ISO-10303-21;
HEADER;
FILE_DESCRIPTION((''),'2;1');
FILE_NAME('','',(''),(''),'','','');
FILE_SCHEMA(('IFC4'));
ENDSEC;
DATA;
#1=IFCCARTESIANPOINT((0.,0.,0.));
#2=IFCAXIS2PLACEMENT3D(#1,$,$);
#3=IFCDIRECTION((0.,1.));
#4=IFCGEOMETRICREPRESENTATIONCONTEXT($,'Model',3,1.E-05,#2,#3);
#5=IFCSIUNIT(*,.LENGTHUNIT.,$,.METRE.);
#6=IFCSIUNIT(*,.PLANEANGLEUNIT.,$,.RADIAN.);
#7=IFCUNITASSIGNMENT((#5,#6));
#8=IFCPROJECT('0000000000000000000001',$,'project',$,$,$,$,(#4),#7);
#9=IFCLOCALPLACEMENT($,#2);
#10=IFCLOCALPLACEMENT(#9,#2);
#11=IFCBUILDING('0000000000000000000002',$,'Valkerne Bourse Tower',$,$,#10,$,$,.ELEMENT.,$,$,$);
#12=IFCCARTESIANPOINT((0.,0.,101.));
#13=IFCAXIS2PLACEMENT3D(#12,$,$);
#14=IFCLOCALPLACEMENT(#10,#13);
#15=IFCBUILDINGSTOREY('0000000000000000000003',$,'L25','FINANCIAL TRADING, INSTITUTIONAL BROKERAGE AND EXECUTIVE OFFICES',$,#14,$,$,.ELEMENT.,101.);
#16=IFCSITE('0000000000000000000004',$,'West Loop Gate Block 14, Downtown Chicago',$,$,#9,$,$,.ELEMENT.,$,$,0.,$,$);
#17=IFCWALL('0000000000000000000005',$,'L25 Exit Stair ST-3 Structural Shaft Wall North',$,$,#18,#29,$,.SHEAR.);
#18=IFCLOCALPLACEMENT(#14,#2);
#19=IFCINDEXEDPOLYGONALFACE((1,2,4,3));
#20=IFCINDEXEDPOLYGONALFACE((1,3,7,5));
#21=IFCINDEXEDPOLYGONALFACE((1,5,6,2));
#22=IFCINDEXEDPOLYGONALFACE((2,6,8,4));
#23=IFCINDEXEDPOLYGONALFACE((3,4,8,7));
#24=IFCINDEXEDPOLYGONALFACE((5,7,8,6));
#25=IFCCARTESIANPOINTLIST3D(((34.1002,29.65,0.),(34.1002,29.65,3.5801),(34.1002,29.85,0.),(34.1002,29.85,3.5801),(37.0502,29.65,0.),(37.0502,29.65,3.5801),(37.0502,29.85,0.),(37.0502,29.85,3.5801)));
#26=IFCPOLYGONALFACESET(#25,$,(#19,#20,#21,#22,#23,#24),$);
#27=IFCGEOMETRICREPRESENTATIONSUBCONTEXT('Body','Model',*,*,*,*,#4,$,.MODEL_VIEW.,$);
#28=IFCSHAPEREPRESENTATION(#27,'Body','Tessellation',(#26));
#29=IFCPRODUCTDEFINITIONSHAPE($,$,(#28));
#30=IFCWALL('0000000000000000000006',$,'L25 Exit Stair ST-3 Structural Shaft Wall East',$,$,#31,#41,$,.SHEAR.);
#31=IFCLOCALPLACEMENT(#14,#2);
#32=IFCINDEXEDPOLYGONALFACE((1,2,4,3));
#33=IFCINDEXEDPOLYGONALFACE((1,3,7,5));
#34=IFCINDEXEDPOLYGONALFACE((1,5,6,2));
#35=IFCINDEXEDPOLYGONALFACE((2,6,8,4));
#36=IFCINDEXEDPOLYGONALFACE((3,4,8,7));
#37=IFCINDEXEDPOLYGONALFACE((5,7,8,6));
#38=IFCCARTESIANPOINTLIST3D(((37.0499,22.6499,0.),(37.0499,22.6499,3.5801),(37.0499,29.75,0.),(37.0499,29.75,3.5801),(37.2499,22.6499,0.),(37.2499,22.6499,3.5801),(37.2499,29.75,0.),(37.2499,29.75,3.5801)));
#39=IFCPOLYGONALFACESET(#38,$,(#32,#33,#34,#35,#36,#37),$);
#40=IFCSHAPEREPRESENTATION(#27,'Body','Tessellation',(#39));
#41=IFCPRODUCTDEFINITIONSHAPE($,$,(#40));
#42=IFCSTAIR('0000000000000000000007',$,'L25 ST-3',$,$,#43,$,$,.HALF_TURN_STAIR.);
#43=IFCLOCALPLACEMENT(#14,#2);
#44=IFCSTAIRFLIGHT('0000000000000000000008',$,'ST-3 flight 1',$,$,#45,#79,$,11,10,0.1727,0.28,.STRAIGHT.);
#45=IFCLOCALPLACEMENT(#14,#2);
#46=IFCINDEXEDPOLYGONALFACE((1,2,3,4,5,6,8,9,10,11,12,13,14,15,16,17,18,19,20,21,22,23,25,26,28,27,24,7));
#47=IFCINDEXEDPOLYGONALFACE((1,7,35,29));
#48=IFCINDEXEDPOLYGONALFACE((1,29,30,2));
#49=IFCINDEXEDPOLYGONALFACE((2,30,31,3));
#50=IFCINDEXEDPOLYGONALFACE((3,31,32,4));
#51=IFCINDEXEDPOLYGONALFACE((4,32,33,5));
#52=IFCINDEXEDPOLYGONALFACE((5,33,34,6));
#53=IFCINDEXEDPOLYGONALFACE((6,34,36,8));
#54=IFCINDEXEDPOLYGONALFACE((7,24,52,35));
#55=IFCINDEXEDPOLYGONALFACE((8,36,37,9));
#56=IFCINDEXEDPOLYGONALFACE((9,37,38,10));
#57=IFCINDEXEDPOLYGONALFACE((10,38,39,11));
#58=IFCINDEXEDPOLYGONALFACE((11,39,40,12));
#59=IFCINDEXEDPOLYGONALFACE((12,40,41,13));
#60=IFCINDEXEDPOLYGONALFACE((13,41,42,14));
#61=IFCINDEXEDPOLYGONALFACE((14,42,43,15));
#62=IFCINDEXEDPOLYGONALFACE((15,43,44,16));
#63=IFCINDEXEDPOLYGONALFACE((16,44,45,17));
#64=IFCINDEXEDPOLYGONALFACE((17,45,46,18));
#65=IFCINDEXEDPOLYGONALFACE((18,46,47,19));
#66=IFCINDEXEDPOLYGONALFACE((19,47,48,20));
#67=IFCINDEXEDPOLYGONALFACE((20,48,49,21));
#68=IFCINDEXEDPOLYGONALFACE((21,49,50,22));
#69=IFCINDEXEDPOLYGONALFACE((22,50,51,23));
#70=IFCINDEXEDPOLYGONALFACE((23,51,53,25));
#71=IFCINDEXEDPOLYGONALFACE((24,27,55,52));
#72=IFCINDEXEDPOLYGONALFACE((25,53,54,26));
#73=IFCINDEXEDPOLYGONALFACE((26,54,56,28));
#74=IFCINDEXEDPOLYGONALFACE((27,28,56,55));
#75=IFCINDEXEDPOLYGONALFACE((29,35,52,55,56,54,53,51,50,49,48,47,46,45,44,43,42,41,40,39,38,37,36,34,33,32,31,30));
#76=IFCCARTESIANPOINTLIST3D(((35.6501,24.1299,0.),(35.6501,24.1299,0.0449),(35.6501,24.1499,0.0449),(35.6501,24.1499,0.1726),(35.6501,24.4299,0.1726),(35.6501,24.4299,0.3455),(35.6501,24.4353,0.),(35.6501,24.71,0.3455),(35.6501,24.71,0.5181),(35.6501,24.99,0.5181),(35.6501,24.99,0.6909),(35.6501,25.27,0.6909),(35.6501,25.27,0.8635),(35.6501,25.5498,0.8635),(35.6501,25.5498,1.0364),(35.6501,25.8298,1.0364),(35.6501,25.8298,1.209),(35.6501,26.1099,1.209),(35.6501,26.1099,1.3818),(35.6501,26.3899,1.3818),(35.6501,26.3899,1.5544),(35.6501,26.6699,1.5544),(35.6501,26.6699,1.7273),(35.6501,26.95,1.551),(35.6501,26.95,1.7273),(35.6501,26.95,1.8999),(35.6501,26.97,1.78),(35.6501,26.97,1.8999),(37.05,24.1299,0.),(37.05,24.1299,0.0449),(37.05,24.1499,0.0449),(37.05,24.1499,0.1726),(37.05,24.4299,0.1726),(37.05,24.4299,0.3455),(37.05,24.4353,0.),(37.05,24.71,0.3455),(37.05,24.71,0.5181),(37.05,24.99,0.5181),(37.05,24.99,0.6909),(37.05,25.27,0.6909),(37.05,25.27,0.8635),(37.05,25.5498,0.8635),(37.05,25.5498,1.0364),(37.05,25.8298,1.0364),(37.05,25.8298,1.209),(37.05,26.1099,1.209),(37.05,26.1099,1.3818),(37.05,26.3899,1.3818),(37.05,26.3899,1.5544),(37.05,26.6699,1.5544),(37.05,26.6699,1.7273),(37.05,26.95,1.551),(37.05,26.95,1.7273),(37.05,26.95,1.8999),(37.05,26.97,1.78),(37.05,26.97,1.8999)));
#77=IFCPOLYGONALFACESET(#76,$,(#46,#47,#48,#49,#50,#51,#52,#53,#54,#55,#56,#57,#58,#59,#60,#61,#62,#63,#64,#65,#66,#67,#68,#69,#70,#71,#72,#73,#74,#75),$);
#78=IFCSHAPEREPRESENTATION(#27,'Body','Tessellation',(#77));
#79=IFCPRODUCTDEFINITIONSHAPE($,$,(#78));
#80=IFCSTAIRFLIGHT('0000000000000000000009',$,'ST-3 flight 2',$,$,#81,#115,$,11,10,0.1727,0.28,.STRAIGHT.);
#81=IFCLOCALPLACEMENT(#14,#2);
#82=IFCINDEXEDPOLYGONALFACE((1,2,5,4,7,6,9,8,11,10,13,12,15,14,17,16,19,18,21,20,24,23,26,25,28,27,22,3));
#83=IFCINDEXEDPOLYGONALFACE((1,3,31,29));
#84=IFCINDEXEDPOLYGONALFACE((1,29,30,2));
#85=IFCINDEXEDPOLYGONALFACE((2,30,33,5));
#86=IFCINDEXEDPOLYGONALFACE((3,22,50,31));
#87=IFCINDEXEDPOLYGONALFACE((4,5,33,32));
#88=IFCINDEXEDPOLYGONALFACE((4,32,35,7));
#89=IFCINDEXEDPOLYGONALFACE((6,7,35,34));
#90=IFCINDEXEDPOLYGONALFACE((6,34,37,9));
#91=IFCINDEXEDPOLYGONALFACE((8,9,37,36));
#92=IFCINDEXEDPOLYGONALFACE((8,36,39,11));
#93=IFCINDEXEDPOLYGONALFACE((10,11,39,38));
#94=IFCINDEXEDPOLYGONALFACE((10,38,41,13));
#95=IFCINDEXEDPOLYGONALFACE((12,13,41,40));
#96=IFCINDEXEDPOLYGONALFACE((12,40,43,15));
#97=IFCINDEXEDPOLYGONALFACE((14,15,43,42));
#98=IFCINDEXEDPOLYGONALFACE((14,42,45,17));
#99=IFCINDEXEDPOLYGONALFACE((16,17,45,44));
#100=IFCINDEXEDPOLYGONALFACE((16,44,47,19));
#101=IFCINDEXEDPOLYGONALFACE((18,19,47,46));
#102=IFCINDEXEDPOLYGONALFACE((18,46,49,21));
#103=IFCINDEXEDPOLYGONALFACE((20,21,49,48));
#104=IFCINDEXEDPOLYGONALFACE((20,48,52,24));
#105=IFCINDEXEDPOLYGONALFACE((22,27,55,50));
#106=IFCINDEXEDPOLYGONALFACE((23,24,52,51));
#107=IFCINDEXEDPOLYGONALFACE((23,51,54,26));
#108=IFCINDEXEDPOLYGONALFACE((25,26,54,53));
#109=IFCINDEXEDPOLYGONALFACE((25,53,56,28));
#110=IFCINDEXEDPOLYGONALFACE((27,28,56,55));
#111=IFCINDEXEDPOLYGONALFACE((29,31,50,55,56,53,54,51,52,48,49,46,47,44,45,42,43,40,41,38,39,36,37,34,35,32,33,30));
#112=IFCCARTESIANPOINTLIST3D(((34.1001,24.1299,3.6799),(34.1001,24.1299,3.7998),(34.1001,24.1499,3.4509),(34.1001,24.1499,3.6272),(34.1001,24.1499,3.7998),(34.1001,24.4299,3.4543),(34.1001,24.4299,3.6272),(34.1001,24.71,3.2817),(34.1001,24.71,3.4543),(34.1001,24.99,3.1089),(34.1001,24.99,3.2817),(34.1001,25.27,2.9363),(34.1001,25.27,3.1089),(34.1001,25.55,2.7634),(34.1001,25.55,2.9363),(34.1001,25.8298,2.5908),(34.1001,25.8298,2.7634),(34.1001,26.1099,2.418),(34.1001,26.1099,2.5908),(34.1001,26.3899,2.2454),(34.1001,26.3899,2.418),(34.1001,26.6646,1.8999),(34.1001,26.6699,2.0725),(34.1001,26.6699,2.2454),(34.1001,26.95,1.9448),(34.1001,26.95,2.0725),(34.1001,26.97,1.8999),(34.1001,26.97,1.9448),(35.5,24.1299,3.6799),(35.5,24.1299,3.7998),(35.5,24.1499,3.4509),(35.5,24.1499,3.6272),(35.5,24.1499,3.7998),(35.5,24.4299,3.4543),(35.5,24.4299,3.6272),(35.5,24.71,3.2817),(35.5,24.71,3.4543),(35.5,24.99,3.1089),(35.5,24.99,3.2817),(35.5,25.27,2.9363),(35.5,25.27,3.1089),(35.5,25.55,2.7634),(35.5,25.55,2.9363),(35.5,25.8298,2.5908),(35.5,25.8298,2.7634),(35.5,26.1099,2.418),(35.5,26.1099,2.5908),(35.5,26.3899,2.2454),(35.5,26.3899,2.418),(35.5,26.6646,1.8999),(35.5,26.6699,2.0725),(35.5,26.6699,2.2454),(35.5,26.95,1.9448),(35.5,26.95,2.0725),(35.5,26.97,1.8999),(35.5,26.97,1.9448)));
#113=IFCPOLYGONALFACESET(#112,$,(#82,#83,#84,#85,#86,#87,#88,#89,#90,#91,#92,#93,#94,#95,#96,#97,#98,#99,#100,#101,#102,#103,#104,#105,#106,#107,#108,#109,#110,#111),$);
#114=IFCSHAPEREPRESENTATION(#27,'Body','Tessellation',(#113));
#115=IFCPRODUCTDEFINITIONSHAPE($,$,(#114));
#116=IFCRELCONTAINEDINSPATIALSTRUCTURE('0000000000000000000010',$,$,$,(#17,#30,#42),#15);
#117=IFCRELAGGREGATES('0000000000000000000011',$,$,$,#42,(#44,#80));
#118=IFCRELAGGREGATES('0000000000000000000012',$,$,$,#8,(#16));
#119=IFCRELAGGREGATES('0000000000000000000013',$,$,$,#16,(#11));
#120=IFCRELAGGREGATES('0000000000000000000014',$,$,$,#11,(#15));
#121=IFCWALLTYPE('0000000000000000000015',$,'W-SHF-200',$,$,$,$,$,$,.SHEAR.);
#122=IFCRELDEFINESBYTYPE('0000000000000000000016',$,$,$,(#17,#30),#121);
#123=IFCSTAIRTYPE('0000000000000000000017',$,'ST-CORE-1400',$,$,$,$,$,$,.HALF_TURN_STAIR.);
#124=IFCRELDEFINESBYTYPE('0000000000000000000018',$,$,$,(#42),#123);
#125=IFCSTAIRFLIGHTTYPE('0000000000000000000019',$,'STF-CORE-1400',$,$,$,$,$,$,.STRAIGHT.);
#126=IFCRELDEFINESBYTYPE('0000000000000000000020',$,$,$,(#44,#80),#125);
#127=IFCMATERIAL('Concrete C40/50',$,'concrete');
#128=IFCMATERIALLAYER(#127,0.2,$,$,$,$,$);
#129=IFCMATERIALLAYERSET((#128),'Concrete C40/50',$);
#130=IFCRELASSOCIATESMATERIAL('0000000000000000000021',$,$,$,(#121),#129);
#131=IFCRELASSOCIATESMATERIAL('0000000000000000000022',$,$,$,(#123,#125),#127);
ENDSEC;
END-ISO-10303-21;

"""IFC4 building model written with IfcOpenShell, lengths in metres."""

from ifc_helpers import new_model, si_unit, direction, frame, frame_2d, origin, place, context, subcontext, project, spatial, polyline, rectangle, outline, extrude, material, layer, layer_set, type_object, element, aggregate, save


model = new_model("IFC4")

# Units and contexts
model_context = context("Model", 3, precision=1e-05, world=origin(), true_north=direction((0.0, 1.0)))
body_context = subcontext(model_context, "Body", "Model", "MODEL_VIEW")
ifc_project = project(units=[si_unit("LENGTHUNIT", "METRE"), si_unit("PLANEANGLEUNIT", "RADIAN")], contexts=[model_context])

# Site, building, storey
site_placement = place(None, origin())
site = spatial("IfcSite", under=ifc_project, at=site_placement, Name="West Loop Gate Block 14, Downtown Chicago", CompositionType="ELEMENT", RefElevation=0.0)
building_placement = place(site_placement, origin())
building = spatial("IfcBuilding", under=site, at=building_placement, Name="Valkerne Bourse Tower", CompositionType="ELEMENT")
storey_placement = place(building_placement, frame((0.0, 0.0, 101.0)))
storey = spatial("IfcBuildingStorey", under=building, at=storey_placement, Name="L25", Description="FINANCIAL TRADING, INSTITUTIONAL BROKERAGE AND EXECUTIVE OFFICES", CompositionType="ELEMENT", Elevation=101.0)

# Shared definitions
ifc_material_1 = material(Name="Concrete C40/50", Category="concrete")
ifc_layer_1 = layer(ifc_material_1, 0.2)
ifc_layer_set_1 = layer_set([ifc_layer_1], Name="Concrete C40/50")
wall_type_1 = type_object("IfcWallType", Name="W-SHF-200", PredefinedType="SHEAR", material=ifc_layer_set_1)

# Walls
for number, where, z_axis, x_axis, name in (
    (1, (34.1001, 29.75, 0.0), (0.0, 0.0, 1.0), (1.0, 0.0, 0.0), "L25 Exit Stair ST-3 Structural Shaft Wall North"),
):
    element("IfcWall", number, at=place(storey_placement, frame(where, z_axis=z_axis, x_axis=x_axis)), inside=storey, type_object=wall_type_1, Name=name, PredefinedType="SHEAR", context=body_context, shape_type="SweptSolid", body=[
        extrude(rectangle(XDim=2.95, YDim=0.2, at=frame_2d((1.4751, 0.0))), origin(), (0.0, 0.0, 1.0), 3.5801),
    ])
wall_1_placement = place(storey_placement, frame((37.1499, 22.6499, 0.0), z_axis=(0.0, 0.0, 1.0), x_axis=(0.0, 1.0, 0.0)))
element("IfcWall", 2, at=wall_1_placement, inside=storey, type_object=wall_type_1, Name="L25 Exit Stair ST-3 Structural Shaft Wall East", PredefinedType="SHEAR", context=body_context, shape_type="SweptSolid", body=[
    extrude(rectangle(XDim=7.1001, YDim=0.2, at=frame_2d((3.55, 0.0))), origin(), (0.0, 0.0, 1.0), 3.5801),
])

# Stair, stair flights
stair_type = type_object("IfcStairType", Name="ST-CORE-1400", PredefinedType="HALF_TURN_STAIR", material=ifc_material_1)
stair_placement = place(storey_placement, origin())
stair = element("IfcStair", 3, at=stair_placement, inside=storey, type_object=stair_type, Name="L25 ST-3", PredefinedType="HALF_TURN_STAIR")
stair_flight_type = type_object("IfcStairFlightType", Name="STF-CORE-1400", PredefinedType="STRAIGHT", material=ifc_material_1)
stair_flight_1_placement = place(storey_placement, frame((36.3501, 24.1499, 0.0), z_axis=(0.0, 0.0, 1.0), x_axis=(0.0, 1.0, 0.0)))
stair_flight_1 = element("IfcStairFlight", 4, at=stair_flight_1_placement, type_object=stair_flight_type, Name="ST-3 flight 1", NumberOfRisers=11, NumberOfTreads=10, PredefinedType="STRAIGHT", RiserHeight=0.1727, TreadLength=0.28, context=body_context, shape_type="SweptSolid", body=[
    extrude(outline(polyline([(-0.02, 0.0), (-0.02, 0.0449), (0.0, 0.0449), (0.0, 0.1726), (0.28, 0.1726), (0.28, 0.3455), (0.5601, 0.3455), (0.5601, 0.5181), (0.8401, 0.5181), (0.8401, 0.6909), (1.1201, 0.6909), (1.1201, 0.8635), (1.3999, 0.8635), (1.3999, 1.0364), (1.6799, 1.0364), (1.6799, 1.209), (1.96, 1.209), (1.96, 1.3818), (2.24, 1.3818), (2.24, 1.5544), (2.52, 1.5544), (2.52, 1.7273), (2.8, 1.7273), (2.8, 1.8999), (2.8201, 1.8999), (2.8201, 1.78), (2.8, 1.551), (0.2854, 0.0), (-0.02, 0.0)])), frame((0.0, 0.7, 0.0), z_axis=(0.0, -1.0, 0.0), x_axis=(1.0, 0.0, 0.0)), (0.0, 0.0, 1.0), 1.3999),
])
stair_flight_2_placement = place(storey_placement, frame((34.8, 26.95, 1.8999), z_axis=(0.0, 0.0, 1.0), x_axis=(0.0, -1.0, 0.0)))
stair_flight_2 = element("IfcStairFlight", 5, at=stair_flight_2_placement, type_object=stair_flight_type, Name="ST-3 flight 2", NumberOfRisers=11, NumberOfTreads=10, PredefinedType="STRAIGHT", RiserHeight=0.1727, TreadLength=0.28, context=body_context, shape_type="SweptSolid", body=[
    extrude(outline(polyline([(-0.02, 0.0), (-0.02, 0.0449), (0.0, 0.0449), (0.0, 0.1726), (0.28, 0.1726), (0.28, 0.3455), (0.5601, 0.3455), (0.5601, 0.5181), (0.8401, 0.5181), (0.8401, 0.6909), (1.1201, 0.6909), (1.1201, 0.8635), (1.3999, 0.8635), (1.3999, 1.0364), (1.6799, 1.0364), (1.6799, 1.209), (1.96, 1.209), (1.96, 1.3818), (2.24, 1.3818), (2.24, 1.5544), (2.52, 1.5544), (2.52, 1.7273), (2.8, 1.7273), (2.8, 1.8999), (2.8201, 1.8999), (2.8201, 1.78), (2.8, 1.551), (0.2854, 0.0), (-0.02, 0.0)])), frame((0.0, 0.7, 0.0), z_axis=(0.0, -1.0, 0.0), x_axis=(1.0, 0.0, 0.0)), (0.0, 0.0, 1.0), 1.3999),
])
aggregate(stair, [stair_flight_1, stair_flight_2])

save(model, "model.ifc")
